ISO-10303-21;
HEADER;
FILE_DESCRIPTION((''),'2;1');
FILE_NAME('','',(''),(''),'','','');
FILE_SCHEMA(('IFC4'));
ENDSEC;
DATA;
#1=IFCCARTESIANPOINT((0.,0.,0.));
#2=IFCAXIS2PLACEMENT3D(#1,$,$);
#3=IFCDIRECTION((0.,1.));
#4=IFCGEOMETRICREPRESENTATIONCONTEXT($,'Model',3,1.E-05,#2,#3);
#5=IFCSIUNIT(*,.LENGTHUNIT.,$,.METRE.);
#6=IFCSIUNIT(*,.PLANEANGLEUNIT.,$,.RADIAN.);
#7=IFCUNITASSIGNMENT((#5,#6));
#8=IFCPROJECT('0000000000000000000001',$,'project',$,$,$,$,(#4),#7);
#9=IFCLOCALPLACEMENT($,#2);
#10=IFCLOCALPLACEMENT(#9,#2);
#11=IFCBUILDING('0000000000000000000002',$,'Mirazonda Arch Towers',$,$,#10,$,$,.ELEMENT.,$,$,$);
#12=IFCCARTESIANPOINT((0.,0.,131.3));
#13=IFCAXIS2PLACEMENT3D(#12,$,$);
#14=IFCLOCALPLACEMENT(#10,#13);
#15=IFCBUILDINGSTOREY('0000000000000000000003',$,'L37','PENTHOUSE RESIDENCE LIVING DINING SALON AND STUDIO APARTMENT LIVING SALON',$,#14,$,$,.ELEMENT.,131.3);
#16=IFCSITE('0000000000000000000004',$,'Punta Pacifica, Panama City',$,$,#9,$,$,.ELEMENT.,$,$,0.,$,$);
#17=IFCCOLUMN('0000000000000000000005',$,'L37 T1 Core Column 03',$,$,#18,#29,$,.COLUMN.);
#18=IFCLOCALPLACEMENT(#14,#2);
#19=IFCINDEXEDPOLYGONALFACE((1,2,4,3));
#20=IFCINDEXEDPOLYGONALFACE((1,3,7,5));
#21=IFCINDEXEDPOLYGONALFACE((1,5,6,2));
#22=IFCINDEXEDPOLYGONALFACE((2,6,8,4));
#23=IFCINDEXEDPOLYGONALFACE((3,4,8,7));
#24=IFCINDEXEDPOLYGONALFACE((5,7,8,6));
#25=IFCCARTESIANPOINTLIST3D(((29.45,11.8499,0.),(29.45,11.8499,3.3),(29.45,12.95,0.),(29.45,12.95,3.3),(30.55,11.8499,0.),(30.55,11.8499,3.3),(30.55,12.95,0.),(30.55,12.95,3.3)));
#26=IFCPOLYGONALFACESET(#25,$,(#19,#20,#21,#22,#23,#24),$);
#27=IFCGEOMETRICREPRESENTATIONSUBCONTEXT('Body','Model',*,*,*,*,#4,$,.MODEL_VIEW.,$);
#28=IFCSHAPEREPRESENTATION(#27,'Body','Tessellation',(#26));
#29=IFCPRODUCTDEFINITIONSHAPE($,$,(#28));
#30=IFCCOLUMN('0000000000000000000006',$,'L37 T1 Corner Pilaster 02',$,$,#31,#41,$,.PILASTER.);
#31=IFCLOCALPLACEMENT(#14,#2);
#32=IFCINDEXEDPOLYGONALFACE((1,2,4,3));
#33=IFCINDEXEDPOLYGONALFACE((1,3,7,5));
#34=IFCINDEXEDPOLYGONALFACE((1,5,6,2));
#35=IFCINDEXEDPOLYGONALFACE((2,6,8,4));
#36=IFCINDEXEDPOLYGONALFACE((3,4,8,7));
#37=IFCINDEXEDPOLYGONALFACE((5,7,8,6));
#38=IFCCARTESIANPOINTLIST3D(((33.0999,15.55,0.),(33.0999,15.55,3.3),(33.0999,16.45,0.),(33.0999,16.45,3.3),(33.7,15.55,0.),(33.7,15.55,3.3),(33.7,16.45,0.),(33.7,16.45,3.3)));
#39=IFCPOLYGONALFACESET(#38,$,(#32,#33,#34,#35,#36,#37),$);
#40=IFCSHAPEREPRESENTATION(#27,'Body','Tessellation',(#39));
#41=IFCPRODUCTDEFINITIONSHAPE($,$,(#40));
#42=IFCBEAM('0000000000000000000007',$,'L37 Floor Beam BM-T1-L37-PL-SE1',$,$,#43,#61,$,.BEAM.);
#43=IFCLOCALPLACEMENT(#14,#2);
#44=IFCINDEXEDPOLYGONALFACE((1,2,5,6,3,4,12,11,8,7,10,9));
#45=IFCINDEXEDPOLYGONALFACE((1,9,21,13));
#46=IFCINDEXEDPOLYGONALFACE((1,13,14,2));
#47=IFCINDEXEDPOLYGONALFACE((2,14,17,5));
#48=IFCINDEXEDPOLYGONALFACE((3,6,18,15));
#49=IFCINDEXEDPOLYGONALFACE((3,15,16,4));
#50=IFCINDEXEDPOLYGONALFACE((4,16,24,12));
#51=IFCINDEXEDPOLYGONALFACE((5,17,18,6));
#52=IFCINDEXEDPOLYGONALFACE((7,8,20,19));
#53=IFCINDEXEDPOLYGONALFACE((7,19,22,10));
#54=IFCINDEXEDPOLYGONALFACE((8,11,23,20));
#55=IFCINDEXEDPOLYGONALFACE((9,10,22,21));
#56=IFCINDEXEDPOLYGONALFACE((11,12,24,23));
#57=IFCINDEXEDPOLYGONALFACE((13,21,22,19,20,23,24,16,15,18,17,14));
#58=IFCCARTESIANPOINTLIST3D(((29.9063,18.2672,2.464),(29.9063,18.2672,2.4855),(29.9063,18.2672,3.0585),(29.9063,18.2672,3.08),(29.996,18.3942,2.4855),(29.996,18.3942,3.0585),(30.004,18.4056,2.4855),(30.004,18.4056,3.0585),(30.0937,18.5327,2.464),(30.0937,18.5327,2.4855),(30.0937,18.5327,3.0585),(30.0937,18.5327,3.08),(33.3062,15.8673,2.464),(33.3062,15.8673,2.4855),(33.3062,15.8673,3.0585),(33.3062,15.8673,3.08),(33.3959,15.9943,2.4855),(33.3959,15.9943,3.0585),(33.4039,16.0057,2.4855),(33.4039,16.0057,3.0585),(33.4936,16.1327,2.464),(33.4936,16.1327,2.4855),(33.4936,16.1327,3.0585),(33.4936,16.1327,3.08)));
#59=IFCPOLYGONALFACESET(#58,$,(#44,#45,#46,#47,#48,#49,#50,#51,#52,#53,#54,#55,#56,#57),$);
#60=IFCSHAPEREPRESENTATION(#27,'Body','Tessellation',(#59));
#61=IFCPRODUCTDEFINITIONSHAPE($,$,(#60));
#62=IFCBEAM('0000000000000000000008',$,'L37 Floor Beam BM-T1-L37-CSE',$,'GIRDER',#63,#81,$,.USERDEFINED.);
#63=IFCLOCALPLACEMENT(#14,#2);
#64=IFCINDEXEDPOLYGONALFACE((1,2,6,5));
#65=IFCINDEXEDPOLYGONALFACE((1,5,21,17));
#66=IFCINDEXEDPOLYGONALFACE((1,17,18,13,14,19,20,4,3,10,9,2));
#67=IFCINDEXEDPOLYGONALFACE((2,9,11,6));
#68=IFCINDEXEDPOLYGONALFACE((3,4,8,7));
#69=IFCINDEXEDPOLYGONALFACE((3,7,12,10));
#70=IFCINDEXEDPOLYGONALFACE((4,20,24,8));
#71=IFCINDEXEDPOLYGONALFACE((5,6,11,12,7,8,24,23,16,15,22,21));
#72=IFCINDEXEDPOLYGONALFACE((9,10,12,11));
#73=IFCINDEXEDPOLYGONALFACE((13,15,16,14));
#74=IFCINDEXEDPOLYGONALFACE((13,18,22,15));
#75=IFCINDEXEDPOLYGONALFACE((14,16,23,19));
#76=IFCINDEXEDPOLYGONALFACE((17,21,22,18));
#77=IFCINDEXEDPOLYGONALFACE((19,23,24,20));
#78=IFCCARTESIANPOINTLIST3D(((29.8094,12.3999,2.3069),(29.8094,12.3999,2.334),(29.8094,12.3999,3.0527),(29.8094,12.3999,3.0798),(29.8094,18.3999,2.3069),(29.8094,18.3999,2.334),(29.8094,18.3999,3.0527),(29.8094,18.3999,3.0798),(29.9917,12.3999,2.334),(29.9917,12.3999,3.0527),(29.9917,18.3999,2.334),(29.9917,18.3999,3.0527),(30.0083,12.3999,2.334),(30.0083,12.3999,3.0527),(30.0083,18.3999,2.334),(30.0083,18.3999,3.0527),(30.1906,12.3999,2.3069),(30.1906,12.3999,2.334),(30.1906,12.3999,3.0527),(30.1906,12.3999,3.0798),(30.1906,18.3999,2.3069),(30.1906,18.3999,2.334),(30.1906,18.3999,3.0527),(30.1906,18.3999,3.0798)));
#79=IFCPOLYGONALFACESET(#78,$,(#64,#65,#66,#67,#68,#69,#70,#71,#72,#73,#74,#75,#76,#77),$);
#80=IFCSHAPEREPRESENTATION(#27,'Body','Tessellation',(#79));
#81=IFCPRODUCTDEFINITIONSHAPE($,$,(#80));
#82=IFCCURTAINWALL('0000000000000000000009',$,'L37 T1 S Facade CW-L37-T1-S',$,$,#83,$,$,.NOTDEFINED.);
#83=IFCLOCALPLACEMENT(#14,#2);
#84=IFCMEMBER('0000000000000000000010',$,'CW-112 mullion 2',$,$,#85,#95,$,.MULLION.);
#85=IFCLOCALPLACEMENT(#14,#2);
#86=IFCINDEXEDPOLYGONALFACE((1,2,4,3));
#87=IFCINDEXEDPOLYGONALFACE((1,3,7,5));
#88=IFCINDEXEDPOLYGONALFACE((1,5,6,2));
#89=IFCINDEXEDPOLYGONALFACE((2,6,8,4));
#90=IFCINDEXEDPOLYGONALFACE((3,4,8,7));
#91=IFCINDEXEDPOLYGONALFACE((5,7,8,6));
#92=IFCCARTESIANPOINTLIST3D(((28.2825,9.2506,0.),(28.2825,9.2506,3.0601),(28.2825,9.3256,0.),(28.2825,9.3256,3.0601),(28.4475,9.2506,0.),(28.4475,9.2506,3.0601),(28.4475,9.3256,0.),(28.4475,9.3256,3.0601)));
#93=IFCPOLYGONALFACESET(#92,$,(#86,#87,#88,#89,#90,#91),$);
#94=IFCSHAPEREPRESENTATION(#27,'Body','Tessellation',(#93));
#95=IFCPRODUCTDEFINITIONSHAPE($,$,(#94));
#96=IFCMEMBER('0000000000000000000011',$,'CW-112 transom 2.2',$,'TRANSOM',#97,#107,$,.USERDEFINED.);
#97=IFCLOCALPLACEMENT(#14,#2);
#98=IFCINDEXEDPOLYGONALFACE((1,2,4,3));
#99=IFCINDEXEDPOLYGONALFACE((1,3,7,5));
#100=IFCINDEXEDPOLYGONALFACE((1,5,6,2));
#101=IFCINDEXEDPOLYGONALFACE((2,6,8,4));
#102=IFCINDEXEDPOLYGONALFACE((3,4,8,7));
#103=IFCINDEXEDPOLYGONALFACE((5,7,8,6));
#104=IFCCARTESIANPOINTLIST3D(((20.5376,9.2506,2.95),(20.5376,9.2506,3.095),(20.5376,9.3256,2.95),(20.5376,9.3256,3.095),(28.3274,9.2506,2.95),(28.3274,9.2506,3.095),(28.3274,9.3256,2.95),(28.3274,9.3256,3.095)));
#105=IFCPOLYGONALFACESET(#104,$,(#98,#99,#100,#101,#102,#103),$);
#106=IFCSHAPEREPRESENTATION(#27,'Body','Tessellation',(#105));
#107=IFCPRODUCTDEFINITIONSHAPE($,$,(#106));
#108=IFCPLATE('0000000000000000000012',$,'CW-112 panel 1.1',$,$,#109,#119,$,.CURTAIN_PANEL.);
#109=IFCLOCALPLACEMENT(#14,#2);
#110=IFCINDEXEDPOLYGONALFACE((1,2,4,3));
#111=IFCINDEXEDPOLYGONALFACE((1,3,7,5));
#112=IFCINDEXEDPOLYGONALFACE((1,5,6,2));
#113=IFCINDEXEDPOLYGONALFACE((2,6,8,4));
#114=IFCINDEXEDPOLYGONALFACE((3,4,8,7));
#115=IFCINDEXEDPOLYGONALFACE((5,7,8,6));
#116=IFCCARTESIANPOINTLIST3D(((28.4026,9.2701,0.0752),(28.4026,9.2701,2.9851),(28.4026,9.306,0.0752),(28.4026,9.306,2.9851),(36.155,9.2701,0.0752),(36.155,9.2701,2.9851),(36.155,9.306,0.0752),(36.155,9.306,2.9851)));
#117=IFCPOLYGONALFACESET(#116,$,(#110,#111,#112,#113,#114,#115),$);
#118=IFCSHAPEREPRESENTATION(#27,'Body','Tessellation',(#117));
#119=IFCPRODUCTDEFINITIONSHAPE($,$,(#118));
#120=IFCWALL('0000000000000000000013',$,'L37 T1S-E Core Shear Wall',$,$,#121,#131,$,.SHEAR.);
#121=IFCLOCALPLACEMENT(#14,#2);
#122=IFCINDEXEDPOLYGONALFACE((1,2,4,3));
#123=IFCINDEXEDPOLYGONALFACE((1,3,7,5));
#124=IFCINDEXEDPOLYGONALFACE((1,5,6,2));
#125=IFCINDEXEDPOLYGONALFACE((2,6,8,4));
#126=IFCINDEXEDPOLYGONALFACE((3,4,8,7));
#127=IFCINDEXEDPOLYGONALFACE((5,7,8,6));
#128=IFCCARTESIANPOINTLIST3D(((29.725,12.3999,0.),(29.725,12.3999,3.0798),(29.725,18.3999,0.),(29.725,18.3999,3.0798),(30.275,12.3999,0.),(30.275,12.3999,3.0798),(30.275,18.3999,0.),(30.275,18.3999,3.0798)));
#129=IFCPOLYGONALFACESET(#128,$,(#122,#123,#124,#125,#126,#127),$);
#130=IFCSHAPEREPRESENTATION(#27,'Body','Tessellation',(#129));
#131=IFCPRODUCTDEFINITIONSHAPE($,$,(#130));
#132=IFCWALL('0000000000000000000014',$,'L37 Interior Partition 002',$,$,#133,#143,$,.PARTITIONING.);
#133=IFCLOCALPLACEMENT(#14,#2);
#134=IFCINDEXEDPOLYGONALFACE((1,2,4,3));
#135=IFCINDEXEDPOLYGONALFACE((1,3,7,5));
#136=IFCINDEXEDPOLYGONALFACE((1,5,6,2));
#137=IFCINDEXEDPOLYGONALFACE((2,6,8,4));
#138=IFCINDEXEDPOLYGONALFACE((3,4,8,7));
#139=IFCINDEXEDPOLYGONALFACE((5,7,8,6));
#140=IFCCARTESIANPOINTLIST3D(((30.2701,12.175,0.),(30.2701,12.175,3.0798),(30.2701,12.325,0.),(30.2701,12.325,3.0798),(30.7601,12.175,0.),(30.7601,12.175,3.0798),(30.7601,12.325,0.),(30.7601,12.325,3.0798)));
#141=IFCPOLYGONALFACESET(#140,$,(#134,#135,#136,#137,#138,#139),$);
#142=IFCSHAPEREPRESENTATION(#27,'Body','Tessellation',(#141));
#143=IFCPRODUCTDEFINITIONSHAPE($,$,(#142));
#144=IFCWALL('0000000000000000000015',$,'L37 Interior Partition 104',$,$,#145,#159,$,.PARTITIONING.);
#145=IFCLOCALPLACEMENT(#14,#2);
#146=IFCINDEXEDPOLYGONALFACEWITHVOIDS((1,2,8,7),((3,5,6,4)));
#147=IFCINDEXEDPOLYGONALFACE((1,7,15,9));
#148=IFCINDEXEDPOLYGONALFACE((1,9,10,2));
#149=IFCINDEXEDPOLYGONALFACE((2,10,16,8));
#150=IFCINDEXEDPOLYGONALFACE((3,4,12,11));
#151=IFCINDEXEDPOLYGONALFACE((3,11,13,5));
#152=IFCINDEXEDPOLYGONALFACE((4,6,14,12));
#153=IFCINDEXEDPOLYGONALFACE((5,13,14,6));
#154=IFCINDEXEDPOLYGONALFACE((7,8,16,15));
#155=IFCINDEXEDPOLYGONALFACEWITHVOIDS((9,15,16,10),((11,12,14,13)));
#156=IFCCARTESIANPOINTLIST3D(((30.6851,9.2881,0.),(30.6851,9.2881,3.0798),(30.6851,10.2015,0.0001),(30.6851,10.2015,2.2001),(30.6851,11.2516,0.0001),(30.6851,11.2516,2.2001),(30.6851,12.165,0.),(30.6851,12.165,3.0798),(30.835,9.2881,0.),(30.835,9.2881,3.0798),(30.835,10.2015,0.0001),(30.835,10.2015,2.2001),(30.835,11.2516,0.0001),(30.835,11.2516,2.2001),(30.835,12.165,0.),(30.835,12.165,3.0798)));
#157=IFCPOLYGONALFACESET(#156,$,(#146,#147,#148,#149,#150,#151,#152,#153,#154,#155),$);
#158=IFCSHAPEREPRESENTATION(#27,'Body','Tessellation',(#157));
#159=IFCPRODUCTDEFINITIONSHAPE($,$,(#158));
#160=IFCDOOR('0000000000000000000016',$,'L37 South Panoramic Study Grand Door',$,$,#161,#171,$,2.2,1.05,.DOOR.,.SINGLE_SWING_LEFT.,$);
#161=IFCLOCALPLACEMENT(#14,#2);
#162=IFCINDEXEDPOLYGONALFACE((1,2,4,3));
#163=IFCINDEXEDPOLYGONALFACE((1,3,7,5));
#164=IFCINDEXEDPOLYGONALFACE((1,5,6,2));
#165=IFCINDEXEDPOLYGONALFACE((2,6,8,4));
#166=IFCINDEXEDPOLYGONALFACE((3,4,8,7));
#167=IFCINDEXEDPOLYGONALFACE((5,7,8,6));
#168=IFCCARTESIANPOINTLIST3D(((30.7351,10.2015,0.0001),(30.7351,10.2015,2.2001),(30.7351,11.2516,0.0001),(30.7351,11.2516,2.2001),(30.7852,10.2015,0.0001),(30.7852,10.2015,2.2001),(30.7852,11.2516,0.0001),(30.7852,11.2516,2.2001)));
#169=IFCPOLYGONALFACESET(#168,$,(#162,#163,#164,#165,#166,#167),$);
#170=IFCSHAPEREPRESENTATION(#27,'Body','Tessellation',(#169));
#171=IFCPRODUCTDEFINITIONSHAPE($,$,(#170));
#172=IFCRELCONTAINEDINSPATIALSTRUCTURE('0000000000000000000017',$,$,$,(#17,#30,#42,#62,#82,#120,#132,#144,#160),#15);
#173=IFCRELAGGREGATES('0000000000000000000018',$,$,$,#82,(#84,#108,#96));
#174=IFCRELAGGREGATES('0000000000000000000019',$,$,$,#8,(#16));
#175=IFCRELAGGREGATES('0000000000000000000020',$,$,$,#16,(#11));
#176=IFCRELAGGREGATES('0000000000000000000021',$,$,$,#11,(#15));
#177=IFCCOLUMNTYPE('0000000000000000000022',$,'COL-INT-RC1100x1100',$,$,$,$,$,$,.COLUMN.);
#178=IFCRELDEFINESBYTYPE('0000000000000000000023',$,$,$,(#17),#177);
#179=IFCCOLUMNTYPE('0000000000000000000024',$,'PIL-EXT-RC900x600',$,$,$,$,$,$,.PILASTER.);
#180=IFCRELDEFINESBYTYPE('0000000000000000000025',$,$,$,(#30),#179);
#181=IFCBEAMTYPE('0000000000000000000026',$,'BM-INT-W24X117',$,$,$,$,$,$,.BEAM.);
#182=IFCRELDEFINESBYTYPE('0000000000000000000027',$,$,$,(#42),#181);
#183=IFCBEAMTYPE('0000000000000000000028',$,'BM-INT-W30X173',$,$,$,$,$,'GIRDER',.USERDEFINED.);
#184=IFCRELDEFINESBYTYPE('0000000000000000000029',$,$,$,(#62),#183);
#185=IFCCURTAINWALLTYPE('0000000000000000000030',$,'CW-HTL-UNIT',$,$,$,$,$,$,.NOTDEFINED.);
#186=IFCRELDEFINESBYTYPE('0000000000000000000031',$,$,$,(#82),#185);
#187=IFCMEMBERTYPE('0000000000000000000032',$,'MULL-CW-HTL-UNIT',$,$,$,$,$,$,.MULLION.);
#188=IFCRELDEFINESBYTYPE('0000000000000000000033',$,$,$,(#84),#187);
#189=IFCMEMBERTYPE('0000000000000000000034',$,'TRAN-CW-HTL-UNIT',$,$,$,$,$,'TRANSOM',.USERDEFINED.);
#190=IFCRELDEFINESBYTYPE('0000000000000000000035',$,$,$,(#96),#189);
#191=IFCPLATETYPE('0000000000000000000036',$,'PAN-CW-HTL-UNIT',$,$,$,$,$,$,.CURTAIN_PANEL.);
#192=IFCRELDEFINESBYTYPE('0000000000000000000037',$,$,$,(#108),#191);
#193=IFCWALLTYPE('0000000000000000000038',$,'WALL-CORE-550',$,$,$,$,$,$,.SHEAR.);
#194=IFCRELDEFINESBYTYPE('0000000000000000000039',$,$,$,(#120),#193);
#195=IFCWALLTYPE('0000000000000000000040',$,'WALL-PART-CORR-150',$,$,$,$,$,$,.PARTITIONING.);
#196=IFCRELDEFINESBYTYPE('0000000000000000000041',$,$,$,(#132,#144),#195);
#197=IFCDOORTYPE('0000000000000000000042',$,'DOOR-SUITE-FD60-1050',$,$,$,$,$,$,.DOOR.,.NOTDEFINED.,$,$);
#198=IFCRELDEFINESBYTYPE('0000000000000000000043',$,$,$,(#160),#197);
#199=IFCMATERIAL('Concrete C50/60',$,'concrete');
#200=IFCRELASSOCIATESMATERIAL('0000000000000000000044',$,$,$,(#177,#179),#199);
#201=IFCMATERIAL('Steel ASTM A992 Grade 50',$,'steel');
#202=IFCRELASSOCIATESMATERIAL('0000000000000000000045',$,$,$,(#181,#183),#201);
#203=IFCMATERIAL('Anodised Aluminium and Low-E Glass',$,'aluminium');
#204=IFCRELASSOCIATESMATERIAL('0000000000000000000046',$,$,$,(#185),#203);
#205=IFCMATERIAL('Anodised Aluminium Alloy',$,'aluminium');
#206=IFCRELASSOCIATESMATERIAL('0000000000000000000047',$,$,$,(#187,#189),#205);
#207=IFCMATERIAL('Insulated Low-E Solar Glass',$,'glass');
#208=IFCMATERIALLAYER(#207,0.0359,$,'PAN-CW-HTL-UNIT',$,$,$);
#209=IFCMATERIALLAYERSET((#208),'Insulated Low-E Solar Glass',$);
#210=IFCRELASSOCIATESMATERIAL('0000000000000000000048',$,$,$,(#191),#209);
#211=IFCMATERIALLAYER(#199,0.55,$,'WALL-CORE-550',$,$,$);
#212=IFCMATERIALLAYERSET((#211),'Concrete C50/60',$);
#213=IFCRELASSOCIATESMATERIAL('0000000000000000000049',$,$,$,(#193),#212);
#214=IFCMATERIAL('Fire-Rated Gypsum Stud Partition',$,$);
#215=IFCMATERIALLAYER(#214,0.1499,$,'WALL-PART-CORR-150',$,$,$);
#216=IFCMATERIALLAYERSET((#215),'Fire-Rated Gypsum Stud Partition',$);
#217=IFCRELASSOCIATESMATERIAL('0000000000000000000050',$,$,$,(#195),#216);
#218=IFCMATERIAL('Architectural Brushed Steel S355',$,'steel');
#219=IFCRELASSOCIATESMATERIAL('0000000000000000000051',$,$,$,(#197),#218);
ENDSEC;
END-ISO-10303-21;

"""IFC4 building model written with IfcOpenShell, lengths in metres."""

from ifc_helpers import new_model, si_unit, direction, frame, frame_2d, origin, origin_2d, place, context, subcontext, project, spatial, rectangle, i_section, extrude, material, layer, layer_set, material_profile, profile_set, type_object, element, fill, aggregate, save


model = new_model("IFC4")

# Units and contexts
model_context = context("Model", 3, precision=1e-05, world=origin(), true_north=direction((0.0, 1.0)))
body_context = subcontext(model_context, "Body", "Model", "MODEL_VIEW")
ifc_project = project(units=[si_unit("LENGTHUNIT", "METRE"), si_unit("PLANEANGLEUNIT", "RADIAN")], contexts=[model_context])

# Site, building, storey
site_placement = place(None, origin())
site = spatial("IfcSite", under=ifc_project, at=site_placement, Name="Punta Pacifica, Panama City", CompositionType="ELEMENT", RefElevation=0.0)
building_placement = place(site_placement, origin())
building = spatial("IfcBuilding", under=site, at=building_placement, Name="Mirazonda Arch Towers", CompositionType="ELEMENT")
storey_placement = place(building_placement, frame((0.0, 0.0, 131.3)))
storey = spatial("IfcBuildingStorey", under=building, at=storey_placement, Name="L37", Description="PENTHOUSE RESIDENCE LIVING DINING SALON AND STUDIO APARTMENT LIVING SALON", CompositionType="ELEMENT", Elevation=131.3)

# Columns
ifc_material_1 = material(Name="Concrete C50/60", Category="concrete")
ifc_material_profile_1 = material_profile(ifc_material_1, rectangle(XDim=1.1001, YDim=1.1001, at=origin_2d()), Name="RC1100x1100")
ifc_profile_set_1 = profile_set([ifc_material_profile_1], Name="Concrete C50/60")
column_type_1 = type_object("IfcColumnType", Name="COL-INT-RC1100x1100", PredefinedType="COLUMN", material=ifc_profile_set_1)
column_1_placement = place(storey_placement, frame((30.0, 12.3999, 0.0), z_axis=(0.0, 0.0, 1.0), x_axis=(1.0, 0.0, 0.0)))
element("IfcColumn", 1, at=column_1_placement, inside=storey, type_object=column_type_1, Name="L37 T1 Core Column 03", PredefinedType="COLUMN", context=body_context, shape_type="SweptSolid", body=[
    extrude(rectangle(XDim=1.1001, YDim=1.1001, at=origin_2d()), origin(), (0.0, 0.0, 1.0), 3.3),
])
ifc_material_profile_2 = material_profile(ifc_material_1, rectangle(XDim=0.6001, YDim=0.8999, at=origin_2d()), Name="RC900x600")
ifc_profile_set_2 = profile_set([ifc_material_profile_2], Name="Concrete C50/60")
column_type_2 = type_object("IfcColumnType", Name="PIL-EXT-RC900x600", PredefinedType="PILASTER", material=ifc_profile_set_2)
column_2_placement = place(storey_placement, frame((33.3999, 16.0, 0.0), z_axis=(0.0, 0.0, 1.0), x_axis=(1.0, 0.0, 0.0)))
element("IfcColumn", 2, at=column_2_placement, inside=storey, type_object=column_type_2, Name="L37 T1 Corner Pilaster 02", PredefinedType="PILASTER", context=body_context, shape_type="SweptSolid", body=[
    extrude(rectangle(XDim=0.6001, YDim=0.8999, at=origin_2d()), origin(), (0.0, 0.0, 1.0), 3.3),
])

# Beams
ifc_material_2 = material(Name="Steel ASTM A992 Grade 50", Category="steel")
ifc_material_profile_3 = material_profile(ifc_material_2, i_section(OverallWidth=0.325, OverallDepth=0.616, WebThickness=0.0139, FlangeThickness=0.0215, at=origin_2d()), Name="W24X117")
ifc_profile_set_3 = profile_set([ifc_material_profile_3], Name="Steel ASTM A992 Grade 50")
beam_type_1 = type_object("IfcBeamType", Name="BM-INT-W24X117", PredefinedType="BEAM", material=ifc_profile_set_3)
beam_1_placement = place(storey_placement, frame((33.3999, 16.0, 2.772), z_axis=(-0.816971, 0.576679, 0.0), x_axis=(-0.576679, -0.816971, 0.0)))
element("IfcBeam", 3, at=beam_1_placement, inside=storey, type_object=beam_type_1, Name="L37 Floor Beam BM-T1-L37-PL-SE1", PredefinedType="BEAM", context=body_context, shape_type="SweptSolid", body=[
    extrude(i_section(OverallWidth=0.325, OverallDepth=0.616, WebThickness=0.0139, FlangeThickness=0.0215, at=origin_2d()), origin(), (0.0, 0.0, 1.0), 4.1616),
])
ifc_material_profile_4 = material_profile(ifc_material_2, i_section(OverallWidth=0.3811, OverallDepth=0.7729, WebThickness=0.0166, FlangeThickness=0.0271, at=origin_2d()), Name="W30X173")
ifc_profile_set_4 = profile_set([ifc_material_profile_4], Name="Steel ASTM A992 Grade 50")
beam_type_2 = type_object("IfcBeamType", Name="BM-INT-W30X173", ElementType="GIRDER", PredefinedType="USERDEFINED", material=ifc_profile_set_4)
beam_2_placement = place(storey_placement, frame((30.0, 12.3999, 2.6934), z_axis=(0.0, 1.0, 0.0), x_axis=(-1.0, 0.0, 0.0)))
element("IfcBeam", 4, at=beam_2_placement, inside=storey, type_object=beam_type_2, Name="L37 Floor Beam BM-T1-L37-CSE", ObjectType="GIRDER", PredefinedType="USERDEFINED", context=body_context, shape_type="SweptSolid", body=[
    extrude(i_section(OverallWidth=0.3811, OverallDepth=0.7729, WebThickness=0.0166, FlangeThickness=0.0271, at=origin_2d()), origin(), (0.0, 0.0, 1.0), 6.0),
])

# Curtain wall, members, plate
ifc_material_3 = material(Name="Anodised Aluminium and Low-E Glass", Category="aluminium")
curtain_wall_type = type_object("IfcCurtainWallType", Name="CW-HTL-UNIT", PredefinedType="NOTDEFINED", material=ifc_material_3)
curtain_wall_placement = place(storey_placement, origin())
curtain_wall = element("IfcCurtainWall", 5, at=curtain_wall_placement, inside=storey, type_object=curtain_wall_type, Name="L37 T1 S Facade CW-L37-T1-S", PredefinedType="NOTDEFINED")
ifc_material_4 = material(Name="Anodised Aluminium Alloy", Category="aluminium")
ifc_material_profile_5 = material_profile(ifc_material_4, rectangle(XDim=0.075, YDim=0.165, at=origin_2d()), Name="ALU-MULL-75x165")
ifc_profile_set_5 = profile_set([ifc_material_profile_5], Name="Anodised Aluminium Alloy")
member_type_1 = type_object("IfcMemberType", Name="MULL-CW-HTL-UNIT", PredefinedType="MULLION", material=ifc_profile_set_5)
member_1_placement = place(storey_placement, frame((28.365, 9.2881, 0.0), z_axis=(0.0, 0.0, 1.0), x_axis=(0.0, -1.0, 0.0)))
member_1 = element("IfcMember", 6, at=member_1_placement, type_object=member_type_1, Name="CW-112 mullion 2", PredefinedType="MULLION", context=body_context, shape_type="SweptSolid", body=[
    extrude(rectangle(XDim=0.075, YDim=0.165, at=origin_2d()), origin(), (0.0, 0.0, 1.0), 3.0601),
])
ifc_material_profile_6 = material_profile(ifc_material_4, rectangle(XDim=0.075, YDim=0.145, at=origin_2d()), Name="ALU-TRAN-75x145")
ifc_profile_set_6 = profile_set([ifc_material_profile_6], Name="Anodised Aluminium Alloy")
member_type_2 = type_object("IfcMemberType", Name="TRAN-CW-HTL-UNIT", ElementType="TRANSOM", PredefinedType="USERDEFINED", material=ifc_profile_set_6)
member_2_placement = place(storey_placement, frame((28.3274, 9.2881, 3.0225), z_axis=(-1.0, 0.0, 0.0), x_axis=(0.0, -1.0, 0.0)))
member_2 = element("IfcMember", 7, at=member_2_placement, type_object=member_type_2, Name="CW-112 transom 2.2", ObjectType="TRANSOM", PredefinedType="USERDEFINED", context=body_context, shape_type="SweptSolid", body=[
    extrude(rectangle(XDim=0.075, YDim=0.145, at=origin_2d()), origin(), (0.0, 0.0, 1.0), 7.7898),
])
ifc_material_5 = material(Name="Insulated Low-E Solar Glass", Category="glass")
ifc_layer_1 = layer(ifc_material_5, 0.0359, Name="PAN-CW-HTL-UNIT")
ifc_layer_set_1 = layer_set([ifc_layer_1], Name="Insulated Low-E Solar Glass")
plate_type = type_object("IfcPlateType", Name="PAN-CW-HTL-UNIT", PredefinedType="CURTAIN_PANEL", material=ifc_layer_set_1)
plate_placement = place(storey_placement, frame((32.2788, 9.2881, 0.0752), z_axis=(0.0, 0.0, 1.0), x_axis=(-1.0, 0.0, 0.0)))
plate = element("IfcPlate", 8, at=plate_placement, type_object=plate_type, Name="CW-112 panel 1.1", PredefinedType="CURTAIN_PANEL", context=body_context, shape_type="SweptSolid", body=[
    extrude(rectangle(XDim=7.7524, YDim=0.0359, at=origin_2d()), origin(), (0.0, 0.0, 1.0), 2.9099),
])
aggregate(curtain_wall, [member_1, plate, member_2])

# Walls
ifc_layer_2 = layer(ifc_material_1, 0.55, Name="WALL-CORE-550")
ifc_layer_set_2 = layer_set([ifc_layer_2], Name="Concrete C50/60")
wall_type_1 = type_object("IfcWallType", Name="WALL-CORE-550", PredefinedType="SHEAR", material=ifc_layer_set_2)
wall_1_placement = place(storey_placement, frame((30.0, 12.3999, 0.0), z_axis=(0.0, 0.0, 1.0), x_axis=(0.0, 1.0, 0.0)))
element("IfcWall", 9, at=wall_1_placement, inside=storey, type_object=wall_type_1, Name="L37 T1S-E Core Shear Wall", PredefinedType="SHEAR", context=body_context, shape_type="SweptSolid", body=[
    extrude(rectangle(XDim=6.0, YDim=0.55, at=frame_2d((3.0, 0.0))), origin(), (0.0, 0.0, 1.0), 3.0798),
])
ifc_material_6 = material(Name="Fire-Rated Gypsum Stud Partition")
ifc_layer_3 = layer(ifc_material_6, 0.1499, Name="WALL-PART-CORR-150")
ifc_layer_set_3 = layer_set([ifc_layer_3], Name="Fire-Rated Gypsum Stud Partition")
wall_type_2 = type_object("IfcWallType", Name="WALL-PART-CORR-150", PredefinedType="PARTITIONING", material=ifc_layer_set_3)
wall_2_placement = place(storey_placement, frame((30.27, 12.25, 0.0), z_axis=(0.0, 0.0, 1.0), x_axis=(1.0, 0.0, 0.0)))
element("IfcWall", 10, at=wall_2_placement, inside=storey, type_object=wall_type_2, Name="L37 Interior Partition 002", PredefinedType="PARTITIONING", context=body_context, shape_type="SweptSolid", body=[
    extrude(rectangle(XDim=0.49, YDim=0.1499, at=frame_2d((0.2451, 0.0))), origin(), (0.0, 0.0, 1.0), 3.0798),
])

# Wall, opening, door
wall_3_placement = place(storey_placement, frame((30.76, 9.2881, 0.0), z_axis=(0.0, 0.0, 1.0), x_axis=(0.0, 1.0, 0.0)))
wall_3 = element("IfcWall", 11, at=wall_3_placement, inside=storey, type_object=wall_type_2, Name="L37 Interior Partition 104", PredefinedType="PARTITIONING", context=body_context, shape_type="SweptSolid", body=[
    extrude(rectangle(XDim=2.877, YDim=0.1499, at=frame_2d((1.4385, 0.0))), origin(), (0.0, 0.0, 1.0), 3.0798),
])
opening_1_placement = place(wall_3_placement, frame((0.9136, 0.0, 0.0)))
opening_1 = element("IfcOpeningElement", 12, at=opening_1_placement, cuts=wall_3, PredefinedType="OPENING", context=body_context, shape_type="SweptSolid", body=[
    extrude(rectangle(XDim=1.05, YDim=2.2, at=frame_2d((0.5249, 1.1001))), frame((0.0, 0.085, 0.0), z_axis=(0.0, -1.0, 0.0), x_axis=(1.0, 0.0, 0.0)), (0.0, 0.0, 1.0), 0.1699),
])
ifc_material_7 = material(Name="Architectural Brushed Steel S355", Category="steel")
door_type_1 = type_object("IfcDoorType", Name="DOOR-SUITE-FD60-1050", OperationType="NOTDEFINED", PredefinedType="DOOR", material=ifc_material_7)
door_1_placement = place(opening_1_placement, origin())
door_1 = element("IfcDoor", 13, at=door_1_placement, inside=storey, type_object=door_type_1, Name="L37 South Panoramic Study Grand Door", OperationType="SINGLE_SWING_LEFT", OverallHeight=2.2, OverallWidth=1.05, PredefinedType="DOOR", context=body_context, shape_type="SweptSolid", body=[
    extrude(rectangle(XDim=1.05, YDim=2.2, at=frame_2d((0.5249, 1.1001))), frame((0.0, 0.0249, 0.0), z_axis=(0.0, -1.0, 0.0), x_axis=(1.0, 0.0, 0.0)), (0.0, 0.0, 1.0), 0.05),
])
fill(opening_1, door_1)

save(model, "model.ifc")
